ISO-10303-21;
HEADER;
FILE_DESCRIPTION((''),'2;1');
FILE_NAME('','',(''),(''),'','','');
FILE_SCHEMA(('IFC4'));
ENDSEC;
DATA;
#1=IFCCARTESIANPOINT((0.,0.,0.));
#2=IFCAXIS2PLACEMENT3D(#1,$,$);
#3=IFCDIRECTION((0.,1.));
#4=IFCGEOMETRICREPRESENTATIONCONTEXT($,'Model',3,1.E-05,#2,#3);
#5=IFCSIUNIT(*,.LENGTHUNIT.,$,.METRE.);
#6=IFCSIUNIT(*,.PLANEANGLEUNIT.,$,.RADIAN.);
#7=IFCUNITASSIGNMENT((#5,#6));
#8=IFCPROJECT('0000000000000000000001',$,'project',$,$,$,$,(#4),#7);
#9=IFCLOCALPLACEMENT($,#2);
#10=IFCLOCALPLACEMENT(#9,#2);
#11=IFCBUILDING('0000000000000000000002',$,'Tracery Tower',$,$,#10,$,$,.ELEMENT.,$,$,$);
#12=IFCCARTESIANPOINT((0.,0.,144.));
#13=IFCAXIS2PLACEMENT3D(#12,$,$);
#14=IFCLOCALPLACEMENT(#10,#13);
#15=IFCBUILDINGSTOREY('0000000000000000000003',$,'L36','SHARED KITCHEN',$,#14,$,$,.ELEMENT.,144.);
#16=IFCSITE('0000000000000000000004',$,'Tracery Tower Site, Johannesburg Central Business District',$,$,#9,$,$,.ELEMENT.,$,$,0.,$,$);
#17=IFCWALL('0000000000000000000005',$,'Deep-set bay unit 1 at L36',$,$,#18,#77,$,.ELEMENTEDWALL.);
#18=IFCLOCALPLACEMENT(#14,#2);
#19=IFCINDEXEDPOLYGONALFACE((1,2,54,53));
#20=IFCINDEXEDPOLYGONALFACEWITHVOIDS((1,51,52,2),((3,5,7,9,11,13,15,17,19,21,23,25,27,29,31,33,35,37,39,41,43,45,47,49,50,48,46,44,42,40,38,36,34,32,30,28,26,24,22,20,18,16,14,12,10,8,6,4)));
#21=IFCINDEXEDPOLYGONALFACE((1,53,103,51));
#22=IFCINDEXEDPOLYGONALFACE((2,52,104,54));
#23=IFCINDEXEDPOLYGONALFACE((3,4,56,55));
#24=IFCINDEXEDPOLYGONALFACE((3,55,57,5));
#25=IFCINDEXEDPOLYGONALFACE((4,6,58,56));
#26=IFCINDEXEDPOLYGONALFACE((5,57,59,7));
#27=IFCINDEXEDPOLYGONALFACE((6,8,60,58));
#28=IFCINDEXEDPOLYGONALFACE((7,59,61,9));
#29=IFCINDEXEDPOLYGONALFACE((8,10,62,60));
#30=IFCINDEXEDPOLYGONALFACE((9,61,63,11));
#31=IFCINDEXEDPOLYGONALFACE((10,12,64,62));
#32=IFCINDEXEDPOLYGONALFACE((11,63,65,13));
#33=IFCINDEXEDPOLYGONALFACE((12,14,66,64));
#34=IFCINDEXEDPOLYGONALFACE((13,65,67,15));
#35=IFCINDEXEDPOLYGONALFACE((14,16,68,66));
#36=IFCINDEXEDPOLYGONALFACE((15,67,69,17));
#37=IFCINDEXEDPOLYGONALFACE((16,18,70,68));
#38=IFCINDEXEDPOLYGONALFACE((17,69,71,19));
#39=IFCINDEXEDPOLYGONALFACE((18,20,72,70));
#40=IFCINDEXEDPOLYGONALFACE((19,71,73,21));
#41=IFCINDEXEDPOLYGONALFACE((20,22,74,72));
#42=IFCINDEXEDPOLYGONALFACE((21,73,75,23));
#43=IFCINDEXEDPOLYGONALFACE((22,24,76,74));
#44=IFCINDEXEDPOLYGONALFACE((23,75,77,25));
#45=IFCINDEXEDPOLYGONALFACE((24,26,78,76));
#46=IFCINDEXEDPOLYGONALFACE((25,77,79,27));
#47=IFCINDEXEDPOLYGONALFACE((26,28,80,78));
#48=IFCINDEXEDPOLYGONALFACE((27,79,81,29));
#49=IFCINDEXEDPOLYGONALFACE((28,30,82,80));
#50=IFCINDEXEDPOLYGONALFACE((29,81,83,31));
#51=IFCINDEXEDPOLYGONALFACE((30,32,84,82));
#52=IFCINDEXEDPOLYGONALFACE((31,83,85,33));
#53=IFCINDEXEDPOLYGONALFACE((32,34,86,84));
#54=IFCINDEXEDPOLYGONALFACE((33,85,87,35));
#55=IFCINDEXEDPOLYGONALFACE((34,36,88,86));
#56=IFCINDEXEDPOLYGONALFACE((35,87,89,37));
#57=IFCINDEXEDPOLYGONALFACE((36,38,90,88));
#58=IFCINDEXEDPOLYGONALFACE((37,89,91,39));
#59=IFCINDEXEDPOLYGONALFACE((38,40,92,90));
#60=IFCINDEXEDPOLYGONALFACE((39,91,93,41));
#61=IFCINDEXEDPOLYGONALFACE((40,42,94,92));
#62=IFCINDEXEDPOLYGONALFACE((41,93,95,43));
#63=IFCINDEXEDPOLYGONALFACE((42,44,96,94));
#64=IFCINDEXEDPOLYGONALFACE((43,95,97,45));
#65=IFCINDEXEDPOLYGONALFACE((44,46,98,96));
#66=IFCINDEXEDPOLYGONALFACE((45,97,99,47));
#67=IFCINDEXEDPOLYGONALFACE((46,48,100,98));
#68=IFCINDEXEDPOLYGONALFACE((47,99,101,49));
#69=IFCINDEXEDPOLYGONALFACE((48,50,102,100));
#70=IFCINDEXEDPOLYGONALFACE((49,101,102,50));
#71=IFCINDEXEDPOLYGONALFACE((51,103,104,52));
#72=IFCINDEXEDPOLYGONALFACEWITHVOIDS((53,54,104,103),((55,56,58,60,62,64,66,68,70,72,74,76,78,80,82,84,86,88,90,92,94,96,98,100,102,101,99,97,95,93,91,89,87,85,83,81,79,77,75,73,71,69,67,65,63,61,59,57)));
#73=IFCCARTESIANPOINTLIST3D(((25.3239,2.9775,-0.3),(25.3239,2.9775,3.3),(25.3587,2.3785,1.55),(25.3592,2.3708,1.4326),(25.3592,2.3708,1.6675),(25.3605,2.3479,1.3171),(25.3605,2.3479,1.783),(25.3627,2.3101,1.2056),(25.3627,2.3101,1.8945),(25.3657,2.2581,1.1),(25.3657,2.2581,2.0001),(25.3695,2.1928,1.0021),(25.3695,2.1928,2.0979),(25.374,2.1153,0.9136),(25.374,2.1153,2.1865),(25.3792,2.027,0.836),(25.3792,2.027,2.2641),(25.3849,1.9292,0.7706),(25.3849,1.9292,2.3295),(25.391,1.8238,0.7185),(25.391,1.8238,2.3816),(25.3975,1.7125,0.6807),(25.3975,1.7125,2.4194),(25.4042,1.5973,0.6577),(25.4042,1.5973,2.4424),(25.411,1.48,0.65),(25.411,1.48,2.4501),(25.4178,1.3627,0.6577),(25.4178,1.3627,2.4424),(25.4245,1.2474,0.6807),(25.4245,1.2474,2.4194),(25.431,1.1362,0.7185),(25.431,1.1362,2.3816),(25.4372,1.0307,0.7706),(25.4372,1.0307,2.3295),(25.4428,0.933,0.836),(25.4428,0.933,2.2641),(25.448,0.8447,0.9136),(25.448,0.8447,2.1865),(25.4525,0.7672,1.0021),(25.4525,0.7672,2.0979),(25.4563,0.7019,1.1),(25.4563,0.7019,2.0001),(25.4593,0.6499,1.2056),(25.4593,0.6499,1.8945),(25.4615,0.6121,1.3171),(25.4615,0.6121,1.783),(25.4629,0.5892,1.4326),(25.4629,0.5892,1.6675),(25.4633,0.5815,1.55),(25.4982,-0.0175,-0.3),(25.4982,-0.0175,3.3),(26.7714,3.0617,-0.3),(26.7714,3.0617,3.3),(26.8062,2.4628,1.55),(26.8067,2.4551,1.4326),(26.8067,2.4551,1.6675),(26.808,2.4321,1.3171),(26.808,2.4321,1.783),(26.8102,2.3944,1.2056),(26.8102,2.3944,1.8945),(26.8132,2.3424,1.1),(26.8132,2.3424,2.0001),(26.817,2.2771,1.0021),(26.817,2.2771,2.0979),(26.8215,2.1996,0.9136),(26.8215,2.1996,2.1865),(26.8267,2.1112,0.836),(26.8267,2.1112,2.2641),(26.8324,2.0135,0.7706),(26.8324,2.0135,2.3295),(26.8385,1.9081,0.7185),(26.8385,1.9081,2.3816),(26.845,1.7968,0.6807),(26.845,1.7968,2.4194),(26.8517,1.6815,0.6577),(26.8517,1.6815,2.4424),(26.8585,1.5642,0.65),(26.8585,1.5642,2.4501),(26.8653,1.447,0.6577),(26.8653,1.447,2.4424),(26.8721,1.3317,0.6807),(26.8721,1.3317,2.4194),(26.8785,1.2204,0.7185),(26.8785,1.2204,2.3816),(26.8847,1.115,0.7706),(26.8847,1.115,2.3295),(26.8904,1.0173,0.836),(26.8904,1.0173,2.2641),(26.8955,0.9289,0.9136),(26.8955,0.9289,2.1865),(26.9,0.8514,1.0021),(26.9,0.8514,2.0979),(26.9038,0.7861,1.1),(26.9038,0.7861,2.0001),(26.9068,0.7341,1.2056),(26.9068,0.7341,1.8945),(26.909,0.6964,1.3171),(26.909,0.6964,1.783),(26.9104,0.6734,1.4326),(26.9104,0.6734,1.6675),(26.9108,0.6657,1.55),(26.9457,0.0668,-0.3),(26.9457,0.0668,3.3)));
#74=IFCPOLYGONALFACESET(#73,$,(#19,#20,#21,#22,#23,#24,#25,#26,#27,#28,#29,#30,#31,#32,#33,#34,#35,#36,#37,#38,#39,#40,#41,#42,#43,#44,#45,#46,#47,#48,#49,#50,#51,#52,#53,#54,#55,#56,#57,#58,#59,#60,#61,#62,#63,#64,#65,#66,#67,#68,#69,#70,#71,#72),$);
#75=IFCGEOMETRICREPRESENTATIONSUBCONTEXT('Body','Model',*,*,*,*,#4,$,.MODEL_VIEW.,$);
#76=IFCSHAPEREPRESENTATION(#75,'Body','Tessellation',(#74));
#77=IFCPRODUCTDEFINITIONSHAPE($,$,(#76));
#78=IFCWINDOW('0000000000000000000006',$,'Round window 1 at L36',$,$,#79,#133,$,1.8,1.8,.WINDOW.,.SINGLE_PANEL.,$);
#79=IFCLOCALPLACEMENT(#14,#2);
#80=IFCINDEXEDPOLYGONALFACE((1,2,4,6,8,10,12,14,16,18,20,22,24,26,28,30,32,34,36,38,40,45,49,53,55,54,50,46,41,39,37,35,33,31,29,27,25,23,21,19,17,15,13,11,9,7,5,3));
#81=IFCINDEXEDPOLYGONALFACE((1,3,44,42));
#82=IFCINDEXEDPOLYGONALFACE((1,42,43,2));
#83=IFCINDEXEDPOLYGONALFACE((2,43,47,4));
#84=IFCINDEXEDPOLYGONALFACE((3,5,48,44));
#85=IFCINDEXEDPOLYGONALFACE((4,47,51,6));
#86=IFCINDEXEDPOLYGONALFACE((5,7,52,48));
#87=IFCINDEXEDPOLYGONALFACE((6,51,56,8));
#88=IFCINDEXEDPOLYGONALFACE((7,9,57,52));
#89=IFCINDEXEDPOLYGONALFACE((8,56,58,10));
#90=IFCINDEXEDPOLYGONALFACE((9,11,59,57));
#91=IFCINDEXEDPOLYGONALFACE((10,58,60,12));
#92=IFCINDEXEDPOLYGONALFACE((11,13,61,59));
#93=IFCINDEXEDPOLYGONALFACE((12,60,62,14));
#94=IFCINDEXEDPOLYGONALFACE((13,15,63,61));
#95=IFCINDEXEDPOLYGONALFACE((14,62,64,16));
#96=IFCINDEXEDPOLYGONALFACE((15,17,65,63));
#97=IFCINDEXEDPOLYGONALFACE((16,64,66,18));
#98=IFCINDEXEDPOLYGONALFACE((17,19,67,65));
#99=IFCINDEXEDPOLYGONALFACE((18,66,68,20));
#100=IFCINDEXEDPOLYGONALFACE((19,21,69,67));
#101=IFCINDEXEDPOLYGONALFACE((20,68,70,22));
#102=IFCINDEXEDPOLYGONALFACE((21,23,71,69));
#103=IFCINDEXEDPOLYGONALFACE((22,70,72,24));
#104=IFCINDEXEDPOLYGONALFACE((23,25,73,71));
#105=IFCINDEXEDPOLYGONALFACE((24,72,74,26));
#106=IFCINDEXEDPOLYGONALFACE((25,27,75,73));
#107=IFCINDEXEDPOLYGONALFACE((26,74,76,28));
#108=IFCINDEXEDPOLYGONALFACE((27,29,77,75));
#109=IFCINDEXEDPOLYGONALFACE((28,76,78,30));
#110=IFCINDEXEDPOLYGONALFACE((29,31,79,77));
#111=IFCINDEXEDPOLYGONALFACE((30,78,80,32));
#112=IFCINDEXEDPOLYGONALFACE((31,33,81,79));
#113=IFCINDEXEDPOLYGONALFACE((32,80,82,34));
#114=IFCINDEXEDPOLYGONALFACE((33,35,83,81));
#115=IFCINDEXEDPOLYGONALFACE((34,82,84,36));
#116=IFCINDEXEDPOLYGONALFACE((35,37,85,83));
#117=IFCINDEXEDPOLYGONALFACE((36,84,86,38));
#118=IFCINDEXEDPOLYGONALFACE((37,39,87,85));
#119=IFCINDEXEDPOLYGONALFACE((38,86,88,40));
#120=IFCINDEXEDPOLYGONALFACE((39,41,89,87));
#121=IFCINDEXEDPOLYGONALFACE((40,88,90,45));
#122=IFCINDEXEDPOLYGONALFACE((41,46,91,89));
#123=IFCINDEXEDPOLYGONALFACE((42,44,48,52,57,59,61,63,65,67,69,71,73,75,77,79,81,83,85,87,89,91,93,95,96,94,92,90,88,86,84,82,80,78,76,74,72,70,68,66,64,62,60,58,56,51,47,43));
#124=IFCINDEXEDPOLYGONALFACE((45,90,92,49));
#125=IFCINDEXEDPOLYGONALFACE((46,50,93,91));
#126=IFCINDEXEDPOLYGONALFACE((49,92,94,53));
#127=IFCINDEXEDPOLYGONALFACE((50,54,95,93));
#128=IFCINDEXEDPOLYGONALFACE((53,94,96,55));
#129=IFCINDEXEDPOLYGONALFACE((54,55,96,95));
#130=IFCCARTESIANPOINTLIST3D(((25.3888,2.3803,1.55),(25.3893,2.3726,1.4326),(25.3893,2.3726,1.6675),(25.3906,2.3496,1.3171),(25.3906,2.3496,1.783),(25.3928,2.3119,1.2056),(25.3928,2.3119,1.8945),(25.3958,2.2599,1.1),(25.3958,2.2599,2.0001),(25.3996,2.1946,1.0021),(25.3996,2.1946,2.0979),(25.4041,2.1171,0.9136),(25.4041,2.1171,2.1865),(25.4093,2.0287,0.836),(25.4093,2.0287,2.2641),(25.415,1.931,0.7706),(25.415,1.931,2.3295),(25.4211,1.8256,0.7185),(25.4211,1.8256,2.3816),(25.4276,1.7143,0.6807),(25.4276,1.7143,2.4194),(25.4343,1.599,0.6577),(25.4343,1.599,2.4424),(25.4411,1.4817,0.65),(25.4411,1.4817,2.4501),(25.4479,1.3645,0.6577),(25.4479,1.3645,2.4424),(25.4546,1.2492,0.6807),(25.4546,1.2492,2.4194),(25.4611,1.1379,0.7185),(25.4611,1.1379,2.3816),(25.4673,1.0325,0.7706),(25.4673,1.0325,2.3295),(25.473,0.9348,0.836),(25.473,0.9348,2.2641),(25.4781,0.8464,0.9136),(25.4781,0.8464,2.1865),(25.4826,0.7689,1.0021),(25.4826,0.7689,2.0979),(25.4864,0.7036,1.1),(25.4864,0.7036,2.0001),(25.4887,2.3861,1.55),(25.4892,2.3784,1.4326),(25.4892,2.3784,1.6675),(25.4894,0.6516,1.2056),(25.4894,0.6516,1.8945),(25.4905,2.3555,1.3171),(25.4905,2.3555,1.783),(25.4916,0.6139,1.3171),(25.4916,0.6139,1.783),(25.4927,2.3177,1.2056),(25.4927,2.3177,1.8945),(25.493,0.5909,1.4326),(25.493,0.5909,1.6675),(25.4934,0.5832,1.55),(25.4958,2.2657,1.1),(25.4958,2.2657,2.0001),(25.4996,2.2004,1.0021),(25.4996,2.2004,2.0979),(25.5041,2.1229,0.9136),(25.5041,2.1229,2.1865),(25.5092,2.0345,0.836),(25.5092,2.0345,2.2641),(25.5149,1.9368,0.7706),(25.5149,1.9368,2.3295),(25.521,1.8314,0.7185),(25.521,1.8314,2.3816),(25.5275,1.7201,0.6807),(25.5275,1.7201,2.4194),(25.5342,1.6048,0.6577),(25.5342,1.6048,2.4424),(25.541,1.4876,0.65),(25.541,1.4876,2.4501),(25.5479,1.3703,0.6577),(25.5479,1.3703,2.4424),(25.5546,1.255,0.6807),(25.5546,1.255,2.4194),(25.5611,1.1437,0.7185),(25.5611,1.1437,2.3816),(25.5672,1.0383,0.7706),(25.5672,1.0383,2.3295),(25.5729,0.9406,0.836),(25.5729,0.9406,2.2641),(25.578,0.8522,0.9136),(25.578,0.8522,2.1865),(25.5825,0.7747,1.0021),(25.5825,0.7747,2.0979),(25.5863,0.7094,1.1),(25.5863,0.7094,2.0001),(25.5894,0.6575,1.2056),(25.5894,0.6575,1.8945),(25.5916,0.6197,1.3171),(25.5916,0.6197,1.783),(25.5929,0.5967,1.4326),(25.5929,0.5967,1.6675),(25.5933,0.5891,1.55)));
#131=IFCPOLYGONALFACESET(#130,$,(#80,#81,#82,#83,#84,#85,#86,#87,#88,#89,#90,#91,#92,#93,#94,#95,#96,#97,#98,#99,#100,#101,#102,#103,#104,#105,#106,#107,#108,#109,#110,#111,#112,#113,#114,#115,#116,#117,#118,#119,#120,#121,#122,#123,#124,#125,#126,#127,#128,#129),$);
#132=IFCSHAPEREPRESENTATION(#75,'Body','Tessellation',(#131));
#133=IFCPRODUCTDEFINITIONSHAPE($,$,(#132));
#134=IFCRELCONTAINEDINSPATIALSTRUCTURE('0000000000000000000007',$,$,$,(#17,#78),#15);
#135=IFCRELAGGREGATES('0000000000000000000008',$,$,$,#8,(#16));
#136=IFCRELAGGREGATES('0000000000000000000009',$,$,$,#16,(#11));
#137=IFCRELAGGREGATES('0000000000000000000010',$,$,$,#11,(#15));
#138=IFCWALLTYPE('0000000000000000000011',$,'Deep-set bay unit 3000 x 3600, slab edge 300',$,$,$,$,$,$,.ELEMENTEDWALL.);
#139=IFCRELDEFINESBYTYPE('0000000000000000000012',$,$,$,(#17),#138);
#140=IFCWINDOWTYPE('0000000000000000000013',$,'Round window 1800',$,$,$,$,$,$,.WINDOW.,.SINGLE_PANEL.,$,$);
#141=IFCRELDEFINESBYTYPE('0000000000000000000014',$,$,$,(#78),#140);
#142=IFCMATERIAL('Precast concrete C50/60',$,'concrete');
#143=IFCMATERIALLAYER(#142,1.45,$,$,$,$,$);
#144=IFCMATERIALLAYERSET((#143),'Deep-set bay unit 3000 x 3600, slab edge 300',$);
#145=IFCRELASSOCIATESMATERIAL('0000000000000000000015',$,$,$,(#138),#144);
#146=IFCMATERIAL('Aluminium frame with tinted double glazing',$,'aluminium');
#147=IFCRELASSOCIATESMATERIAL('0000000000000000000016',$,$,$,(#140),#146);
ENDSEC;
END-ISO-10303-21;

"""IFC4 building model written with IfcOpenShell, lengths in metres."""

from ifc_helpers import new_model, si_unit, direction, frame, frame_2d, origin, origin_2d, place, context, subcontext, project, spatial, rectangle, circle, extrude, material, layer, layer_set, type_object, element, fill, save


model = new_model("IFC4")

# Units and contexts
model_context = context("Model", 3, precision=1e-05, world=origin(), true_north=direction((0.0, 1.0)))
body_context = subcontext(model_context, "Body", "Model", "MODEL_VIEW")
ifc_project = project(units=[si_unit("LENGTHUNIT", "METRE"), si_unit("PLANEANGLEUNIT", "RADIAN")], contexts=[model_context])

# Site, building, storey
site_placement = place(None, origin())
site = spatial("IfcSite", under=ifc_project, at=site_placement, Name="Tracery Tower Site, Johannesburg Central Business District", CompositionType="ELEMENT", RefElevation=0.0)
building_placement = place(site_placement, origin())
building = spatial("IfcBuilding", under=site, at=building_placement, Name="Tracery Tower", CompositionType="ELEMENT")
storey_placement = place(building_placement, frame((0.0, 0.0, 144.0)))
storey = spatial("IfcBuildingStorey", under=building, at=storey_placement, Name="L36", Description="SHARED KITCHEN", CompositionType="ELEMENT", Elevation=144.0)

# Wall, opening, window
ifc_material_1 = material(Name="Precast concrete C50/60", Category="concrete")
ifc_layer_1 = layer(ifc_material_1, 1.45)
ifc_layer_set_1 = layer_set([ifc_layer_1], Name="Deep-set bay unit 3000 x 3600, slab edge 300")
wall_type_1 = type_object("IfcWallType", Name="Deep-set bay unit 3000 x 3600, slab edge 300", PredefinedType="ELEMENTEDWALL", material=ifc_layer_set_1)
wall_1_placement = place(storey_placement, frame((26.2219, 0.0247, -0.3), z_axis=(0.0, 0.0, 1.0), x_axis=(-0.058107, 0.99831, 0.0)))
wall_1 = element("IfcWall", 1, at=wall_1_placement, inside=storey, type_object=wall_type_1, Name="Deep-set bay unit 1 at L36", PredefinedType="ELEMENTEDWALL", context=body_context, shape_type="SweptSolid", body=[
    extrude(rectangle(XDim=3.0, YDim=1.45, at=frame_2d((1.5, 0.0))), origin(), (0.0, 0.0, 1.0), 3.6001),
])
opening_1_placement = place(wall_1_placement, frame((1.5, 0.0, 1.8501)))
opening_1 = element("IfcOpeningElement", 2, at=opening_1_placement, cuts=wall_1, PredefinedType="OPENING", context=body_context, shape_type="SweptSolid", body=[
    extrude(circle(Radius=0.9, at=origin_2d()), frame((0.0, 0.7349, 0.0), z_axis=(0.0, -1.0, 0.0), x_axis=(1.0, 0.0, 0.0)), (0.0, 0.0, 1.0), 1.47),
])
ifc_material_2 = material(Name="Aluminium frame with tinted double glazing", Category="aluminium")
window_type = type_object("IfcWindowType", Name="Round window 1800", PartitioningType="SINGLE_PANEL", PredefinedType="WINDOW", material=ifc_material_2)
window_1_placement = place(opening_1_placement, origin())
window_1 = element("IfcWindow", 3, at=window_1_placement, inside=storey, type_object=window_type, Name="Round window 1 at L36", OverallHeight=1.8, OverallWidth=1.8, PartitioningType="SINGLE_PANEL", PredefinedType="WINDOW", context=body_context, shape_type="SweptSolid", body=[
    extrude(circle(Radius=0.9, at=origin_2d()), frame((0.0, 0.6948, 0.0), z_axis=(0.0, -1.0, 0.0), x_axis=(1.0, 0.0, 0.0)), (0.0, 0.0, 1.0), 0.1001),
])
fill(opening_1, window_1)

save(model, "model.ifc")
